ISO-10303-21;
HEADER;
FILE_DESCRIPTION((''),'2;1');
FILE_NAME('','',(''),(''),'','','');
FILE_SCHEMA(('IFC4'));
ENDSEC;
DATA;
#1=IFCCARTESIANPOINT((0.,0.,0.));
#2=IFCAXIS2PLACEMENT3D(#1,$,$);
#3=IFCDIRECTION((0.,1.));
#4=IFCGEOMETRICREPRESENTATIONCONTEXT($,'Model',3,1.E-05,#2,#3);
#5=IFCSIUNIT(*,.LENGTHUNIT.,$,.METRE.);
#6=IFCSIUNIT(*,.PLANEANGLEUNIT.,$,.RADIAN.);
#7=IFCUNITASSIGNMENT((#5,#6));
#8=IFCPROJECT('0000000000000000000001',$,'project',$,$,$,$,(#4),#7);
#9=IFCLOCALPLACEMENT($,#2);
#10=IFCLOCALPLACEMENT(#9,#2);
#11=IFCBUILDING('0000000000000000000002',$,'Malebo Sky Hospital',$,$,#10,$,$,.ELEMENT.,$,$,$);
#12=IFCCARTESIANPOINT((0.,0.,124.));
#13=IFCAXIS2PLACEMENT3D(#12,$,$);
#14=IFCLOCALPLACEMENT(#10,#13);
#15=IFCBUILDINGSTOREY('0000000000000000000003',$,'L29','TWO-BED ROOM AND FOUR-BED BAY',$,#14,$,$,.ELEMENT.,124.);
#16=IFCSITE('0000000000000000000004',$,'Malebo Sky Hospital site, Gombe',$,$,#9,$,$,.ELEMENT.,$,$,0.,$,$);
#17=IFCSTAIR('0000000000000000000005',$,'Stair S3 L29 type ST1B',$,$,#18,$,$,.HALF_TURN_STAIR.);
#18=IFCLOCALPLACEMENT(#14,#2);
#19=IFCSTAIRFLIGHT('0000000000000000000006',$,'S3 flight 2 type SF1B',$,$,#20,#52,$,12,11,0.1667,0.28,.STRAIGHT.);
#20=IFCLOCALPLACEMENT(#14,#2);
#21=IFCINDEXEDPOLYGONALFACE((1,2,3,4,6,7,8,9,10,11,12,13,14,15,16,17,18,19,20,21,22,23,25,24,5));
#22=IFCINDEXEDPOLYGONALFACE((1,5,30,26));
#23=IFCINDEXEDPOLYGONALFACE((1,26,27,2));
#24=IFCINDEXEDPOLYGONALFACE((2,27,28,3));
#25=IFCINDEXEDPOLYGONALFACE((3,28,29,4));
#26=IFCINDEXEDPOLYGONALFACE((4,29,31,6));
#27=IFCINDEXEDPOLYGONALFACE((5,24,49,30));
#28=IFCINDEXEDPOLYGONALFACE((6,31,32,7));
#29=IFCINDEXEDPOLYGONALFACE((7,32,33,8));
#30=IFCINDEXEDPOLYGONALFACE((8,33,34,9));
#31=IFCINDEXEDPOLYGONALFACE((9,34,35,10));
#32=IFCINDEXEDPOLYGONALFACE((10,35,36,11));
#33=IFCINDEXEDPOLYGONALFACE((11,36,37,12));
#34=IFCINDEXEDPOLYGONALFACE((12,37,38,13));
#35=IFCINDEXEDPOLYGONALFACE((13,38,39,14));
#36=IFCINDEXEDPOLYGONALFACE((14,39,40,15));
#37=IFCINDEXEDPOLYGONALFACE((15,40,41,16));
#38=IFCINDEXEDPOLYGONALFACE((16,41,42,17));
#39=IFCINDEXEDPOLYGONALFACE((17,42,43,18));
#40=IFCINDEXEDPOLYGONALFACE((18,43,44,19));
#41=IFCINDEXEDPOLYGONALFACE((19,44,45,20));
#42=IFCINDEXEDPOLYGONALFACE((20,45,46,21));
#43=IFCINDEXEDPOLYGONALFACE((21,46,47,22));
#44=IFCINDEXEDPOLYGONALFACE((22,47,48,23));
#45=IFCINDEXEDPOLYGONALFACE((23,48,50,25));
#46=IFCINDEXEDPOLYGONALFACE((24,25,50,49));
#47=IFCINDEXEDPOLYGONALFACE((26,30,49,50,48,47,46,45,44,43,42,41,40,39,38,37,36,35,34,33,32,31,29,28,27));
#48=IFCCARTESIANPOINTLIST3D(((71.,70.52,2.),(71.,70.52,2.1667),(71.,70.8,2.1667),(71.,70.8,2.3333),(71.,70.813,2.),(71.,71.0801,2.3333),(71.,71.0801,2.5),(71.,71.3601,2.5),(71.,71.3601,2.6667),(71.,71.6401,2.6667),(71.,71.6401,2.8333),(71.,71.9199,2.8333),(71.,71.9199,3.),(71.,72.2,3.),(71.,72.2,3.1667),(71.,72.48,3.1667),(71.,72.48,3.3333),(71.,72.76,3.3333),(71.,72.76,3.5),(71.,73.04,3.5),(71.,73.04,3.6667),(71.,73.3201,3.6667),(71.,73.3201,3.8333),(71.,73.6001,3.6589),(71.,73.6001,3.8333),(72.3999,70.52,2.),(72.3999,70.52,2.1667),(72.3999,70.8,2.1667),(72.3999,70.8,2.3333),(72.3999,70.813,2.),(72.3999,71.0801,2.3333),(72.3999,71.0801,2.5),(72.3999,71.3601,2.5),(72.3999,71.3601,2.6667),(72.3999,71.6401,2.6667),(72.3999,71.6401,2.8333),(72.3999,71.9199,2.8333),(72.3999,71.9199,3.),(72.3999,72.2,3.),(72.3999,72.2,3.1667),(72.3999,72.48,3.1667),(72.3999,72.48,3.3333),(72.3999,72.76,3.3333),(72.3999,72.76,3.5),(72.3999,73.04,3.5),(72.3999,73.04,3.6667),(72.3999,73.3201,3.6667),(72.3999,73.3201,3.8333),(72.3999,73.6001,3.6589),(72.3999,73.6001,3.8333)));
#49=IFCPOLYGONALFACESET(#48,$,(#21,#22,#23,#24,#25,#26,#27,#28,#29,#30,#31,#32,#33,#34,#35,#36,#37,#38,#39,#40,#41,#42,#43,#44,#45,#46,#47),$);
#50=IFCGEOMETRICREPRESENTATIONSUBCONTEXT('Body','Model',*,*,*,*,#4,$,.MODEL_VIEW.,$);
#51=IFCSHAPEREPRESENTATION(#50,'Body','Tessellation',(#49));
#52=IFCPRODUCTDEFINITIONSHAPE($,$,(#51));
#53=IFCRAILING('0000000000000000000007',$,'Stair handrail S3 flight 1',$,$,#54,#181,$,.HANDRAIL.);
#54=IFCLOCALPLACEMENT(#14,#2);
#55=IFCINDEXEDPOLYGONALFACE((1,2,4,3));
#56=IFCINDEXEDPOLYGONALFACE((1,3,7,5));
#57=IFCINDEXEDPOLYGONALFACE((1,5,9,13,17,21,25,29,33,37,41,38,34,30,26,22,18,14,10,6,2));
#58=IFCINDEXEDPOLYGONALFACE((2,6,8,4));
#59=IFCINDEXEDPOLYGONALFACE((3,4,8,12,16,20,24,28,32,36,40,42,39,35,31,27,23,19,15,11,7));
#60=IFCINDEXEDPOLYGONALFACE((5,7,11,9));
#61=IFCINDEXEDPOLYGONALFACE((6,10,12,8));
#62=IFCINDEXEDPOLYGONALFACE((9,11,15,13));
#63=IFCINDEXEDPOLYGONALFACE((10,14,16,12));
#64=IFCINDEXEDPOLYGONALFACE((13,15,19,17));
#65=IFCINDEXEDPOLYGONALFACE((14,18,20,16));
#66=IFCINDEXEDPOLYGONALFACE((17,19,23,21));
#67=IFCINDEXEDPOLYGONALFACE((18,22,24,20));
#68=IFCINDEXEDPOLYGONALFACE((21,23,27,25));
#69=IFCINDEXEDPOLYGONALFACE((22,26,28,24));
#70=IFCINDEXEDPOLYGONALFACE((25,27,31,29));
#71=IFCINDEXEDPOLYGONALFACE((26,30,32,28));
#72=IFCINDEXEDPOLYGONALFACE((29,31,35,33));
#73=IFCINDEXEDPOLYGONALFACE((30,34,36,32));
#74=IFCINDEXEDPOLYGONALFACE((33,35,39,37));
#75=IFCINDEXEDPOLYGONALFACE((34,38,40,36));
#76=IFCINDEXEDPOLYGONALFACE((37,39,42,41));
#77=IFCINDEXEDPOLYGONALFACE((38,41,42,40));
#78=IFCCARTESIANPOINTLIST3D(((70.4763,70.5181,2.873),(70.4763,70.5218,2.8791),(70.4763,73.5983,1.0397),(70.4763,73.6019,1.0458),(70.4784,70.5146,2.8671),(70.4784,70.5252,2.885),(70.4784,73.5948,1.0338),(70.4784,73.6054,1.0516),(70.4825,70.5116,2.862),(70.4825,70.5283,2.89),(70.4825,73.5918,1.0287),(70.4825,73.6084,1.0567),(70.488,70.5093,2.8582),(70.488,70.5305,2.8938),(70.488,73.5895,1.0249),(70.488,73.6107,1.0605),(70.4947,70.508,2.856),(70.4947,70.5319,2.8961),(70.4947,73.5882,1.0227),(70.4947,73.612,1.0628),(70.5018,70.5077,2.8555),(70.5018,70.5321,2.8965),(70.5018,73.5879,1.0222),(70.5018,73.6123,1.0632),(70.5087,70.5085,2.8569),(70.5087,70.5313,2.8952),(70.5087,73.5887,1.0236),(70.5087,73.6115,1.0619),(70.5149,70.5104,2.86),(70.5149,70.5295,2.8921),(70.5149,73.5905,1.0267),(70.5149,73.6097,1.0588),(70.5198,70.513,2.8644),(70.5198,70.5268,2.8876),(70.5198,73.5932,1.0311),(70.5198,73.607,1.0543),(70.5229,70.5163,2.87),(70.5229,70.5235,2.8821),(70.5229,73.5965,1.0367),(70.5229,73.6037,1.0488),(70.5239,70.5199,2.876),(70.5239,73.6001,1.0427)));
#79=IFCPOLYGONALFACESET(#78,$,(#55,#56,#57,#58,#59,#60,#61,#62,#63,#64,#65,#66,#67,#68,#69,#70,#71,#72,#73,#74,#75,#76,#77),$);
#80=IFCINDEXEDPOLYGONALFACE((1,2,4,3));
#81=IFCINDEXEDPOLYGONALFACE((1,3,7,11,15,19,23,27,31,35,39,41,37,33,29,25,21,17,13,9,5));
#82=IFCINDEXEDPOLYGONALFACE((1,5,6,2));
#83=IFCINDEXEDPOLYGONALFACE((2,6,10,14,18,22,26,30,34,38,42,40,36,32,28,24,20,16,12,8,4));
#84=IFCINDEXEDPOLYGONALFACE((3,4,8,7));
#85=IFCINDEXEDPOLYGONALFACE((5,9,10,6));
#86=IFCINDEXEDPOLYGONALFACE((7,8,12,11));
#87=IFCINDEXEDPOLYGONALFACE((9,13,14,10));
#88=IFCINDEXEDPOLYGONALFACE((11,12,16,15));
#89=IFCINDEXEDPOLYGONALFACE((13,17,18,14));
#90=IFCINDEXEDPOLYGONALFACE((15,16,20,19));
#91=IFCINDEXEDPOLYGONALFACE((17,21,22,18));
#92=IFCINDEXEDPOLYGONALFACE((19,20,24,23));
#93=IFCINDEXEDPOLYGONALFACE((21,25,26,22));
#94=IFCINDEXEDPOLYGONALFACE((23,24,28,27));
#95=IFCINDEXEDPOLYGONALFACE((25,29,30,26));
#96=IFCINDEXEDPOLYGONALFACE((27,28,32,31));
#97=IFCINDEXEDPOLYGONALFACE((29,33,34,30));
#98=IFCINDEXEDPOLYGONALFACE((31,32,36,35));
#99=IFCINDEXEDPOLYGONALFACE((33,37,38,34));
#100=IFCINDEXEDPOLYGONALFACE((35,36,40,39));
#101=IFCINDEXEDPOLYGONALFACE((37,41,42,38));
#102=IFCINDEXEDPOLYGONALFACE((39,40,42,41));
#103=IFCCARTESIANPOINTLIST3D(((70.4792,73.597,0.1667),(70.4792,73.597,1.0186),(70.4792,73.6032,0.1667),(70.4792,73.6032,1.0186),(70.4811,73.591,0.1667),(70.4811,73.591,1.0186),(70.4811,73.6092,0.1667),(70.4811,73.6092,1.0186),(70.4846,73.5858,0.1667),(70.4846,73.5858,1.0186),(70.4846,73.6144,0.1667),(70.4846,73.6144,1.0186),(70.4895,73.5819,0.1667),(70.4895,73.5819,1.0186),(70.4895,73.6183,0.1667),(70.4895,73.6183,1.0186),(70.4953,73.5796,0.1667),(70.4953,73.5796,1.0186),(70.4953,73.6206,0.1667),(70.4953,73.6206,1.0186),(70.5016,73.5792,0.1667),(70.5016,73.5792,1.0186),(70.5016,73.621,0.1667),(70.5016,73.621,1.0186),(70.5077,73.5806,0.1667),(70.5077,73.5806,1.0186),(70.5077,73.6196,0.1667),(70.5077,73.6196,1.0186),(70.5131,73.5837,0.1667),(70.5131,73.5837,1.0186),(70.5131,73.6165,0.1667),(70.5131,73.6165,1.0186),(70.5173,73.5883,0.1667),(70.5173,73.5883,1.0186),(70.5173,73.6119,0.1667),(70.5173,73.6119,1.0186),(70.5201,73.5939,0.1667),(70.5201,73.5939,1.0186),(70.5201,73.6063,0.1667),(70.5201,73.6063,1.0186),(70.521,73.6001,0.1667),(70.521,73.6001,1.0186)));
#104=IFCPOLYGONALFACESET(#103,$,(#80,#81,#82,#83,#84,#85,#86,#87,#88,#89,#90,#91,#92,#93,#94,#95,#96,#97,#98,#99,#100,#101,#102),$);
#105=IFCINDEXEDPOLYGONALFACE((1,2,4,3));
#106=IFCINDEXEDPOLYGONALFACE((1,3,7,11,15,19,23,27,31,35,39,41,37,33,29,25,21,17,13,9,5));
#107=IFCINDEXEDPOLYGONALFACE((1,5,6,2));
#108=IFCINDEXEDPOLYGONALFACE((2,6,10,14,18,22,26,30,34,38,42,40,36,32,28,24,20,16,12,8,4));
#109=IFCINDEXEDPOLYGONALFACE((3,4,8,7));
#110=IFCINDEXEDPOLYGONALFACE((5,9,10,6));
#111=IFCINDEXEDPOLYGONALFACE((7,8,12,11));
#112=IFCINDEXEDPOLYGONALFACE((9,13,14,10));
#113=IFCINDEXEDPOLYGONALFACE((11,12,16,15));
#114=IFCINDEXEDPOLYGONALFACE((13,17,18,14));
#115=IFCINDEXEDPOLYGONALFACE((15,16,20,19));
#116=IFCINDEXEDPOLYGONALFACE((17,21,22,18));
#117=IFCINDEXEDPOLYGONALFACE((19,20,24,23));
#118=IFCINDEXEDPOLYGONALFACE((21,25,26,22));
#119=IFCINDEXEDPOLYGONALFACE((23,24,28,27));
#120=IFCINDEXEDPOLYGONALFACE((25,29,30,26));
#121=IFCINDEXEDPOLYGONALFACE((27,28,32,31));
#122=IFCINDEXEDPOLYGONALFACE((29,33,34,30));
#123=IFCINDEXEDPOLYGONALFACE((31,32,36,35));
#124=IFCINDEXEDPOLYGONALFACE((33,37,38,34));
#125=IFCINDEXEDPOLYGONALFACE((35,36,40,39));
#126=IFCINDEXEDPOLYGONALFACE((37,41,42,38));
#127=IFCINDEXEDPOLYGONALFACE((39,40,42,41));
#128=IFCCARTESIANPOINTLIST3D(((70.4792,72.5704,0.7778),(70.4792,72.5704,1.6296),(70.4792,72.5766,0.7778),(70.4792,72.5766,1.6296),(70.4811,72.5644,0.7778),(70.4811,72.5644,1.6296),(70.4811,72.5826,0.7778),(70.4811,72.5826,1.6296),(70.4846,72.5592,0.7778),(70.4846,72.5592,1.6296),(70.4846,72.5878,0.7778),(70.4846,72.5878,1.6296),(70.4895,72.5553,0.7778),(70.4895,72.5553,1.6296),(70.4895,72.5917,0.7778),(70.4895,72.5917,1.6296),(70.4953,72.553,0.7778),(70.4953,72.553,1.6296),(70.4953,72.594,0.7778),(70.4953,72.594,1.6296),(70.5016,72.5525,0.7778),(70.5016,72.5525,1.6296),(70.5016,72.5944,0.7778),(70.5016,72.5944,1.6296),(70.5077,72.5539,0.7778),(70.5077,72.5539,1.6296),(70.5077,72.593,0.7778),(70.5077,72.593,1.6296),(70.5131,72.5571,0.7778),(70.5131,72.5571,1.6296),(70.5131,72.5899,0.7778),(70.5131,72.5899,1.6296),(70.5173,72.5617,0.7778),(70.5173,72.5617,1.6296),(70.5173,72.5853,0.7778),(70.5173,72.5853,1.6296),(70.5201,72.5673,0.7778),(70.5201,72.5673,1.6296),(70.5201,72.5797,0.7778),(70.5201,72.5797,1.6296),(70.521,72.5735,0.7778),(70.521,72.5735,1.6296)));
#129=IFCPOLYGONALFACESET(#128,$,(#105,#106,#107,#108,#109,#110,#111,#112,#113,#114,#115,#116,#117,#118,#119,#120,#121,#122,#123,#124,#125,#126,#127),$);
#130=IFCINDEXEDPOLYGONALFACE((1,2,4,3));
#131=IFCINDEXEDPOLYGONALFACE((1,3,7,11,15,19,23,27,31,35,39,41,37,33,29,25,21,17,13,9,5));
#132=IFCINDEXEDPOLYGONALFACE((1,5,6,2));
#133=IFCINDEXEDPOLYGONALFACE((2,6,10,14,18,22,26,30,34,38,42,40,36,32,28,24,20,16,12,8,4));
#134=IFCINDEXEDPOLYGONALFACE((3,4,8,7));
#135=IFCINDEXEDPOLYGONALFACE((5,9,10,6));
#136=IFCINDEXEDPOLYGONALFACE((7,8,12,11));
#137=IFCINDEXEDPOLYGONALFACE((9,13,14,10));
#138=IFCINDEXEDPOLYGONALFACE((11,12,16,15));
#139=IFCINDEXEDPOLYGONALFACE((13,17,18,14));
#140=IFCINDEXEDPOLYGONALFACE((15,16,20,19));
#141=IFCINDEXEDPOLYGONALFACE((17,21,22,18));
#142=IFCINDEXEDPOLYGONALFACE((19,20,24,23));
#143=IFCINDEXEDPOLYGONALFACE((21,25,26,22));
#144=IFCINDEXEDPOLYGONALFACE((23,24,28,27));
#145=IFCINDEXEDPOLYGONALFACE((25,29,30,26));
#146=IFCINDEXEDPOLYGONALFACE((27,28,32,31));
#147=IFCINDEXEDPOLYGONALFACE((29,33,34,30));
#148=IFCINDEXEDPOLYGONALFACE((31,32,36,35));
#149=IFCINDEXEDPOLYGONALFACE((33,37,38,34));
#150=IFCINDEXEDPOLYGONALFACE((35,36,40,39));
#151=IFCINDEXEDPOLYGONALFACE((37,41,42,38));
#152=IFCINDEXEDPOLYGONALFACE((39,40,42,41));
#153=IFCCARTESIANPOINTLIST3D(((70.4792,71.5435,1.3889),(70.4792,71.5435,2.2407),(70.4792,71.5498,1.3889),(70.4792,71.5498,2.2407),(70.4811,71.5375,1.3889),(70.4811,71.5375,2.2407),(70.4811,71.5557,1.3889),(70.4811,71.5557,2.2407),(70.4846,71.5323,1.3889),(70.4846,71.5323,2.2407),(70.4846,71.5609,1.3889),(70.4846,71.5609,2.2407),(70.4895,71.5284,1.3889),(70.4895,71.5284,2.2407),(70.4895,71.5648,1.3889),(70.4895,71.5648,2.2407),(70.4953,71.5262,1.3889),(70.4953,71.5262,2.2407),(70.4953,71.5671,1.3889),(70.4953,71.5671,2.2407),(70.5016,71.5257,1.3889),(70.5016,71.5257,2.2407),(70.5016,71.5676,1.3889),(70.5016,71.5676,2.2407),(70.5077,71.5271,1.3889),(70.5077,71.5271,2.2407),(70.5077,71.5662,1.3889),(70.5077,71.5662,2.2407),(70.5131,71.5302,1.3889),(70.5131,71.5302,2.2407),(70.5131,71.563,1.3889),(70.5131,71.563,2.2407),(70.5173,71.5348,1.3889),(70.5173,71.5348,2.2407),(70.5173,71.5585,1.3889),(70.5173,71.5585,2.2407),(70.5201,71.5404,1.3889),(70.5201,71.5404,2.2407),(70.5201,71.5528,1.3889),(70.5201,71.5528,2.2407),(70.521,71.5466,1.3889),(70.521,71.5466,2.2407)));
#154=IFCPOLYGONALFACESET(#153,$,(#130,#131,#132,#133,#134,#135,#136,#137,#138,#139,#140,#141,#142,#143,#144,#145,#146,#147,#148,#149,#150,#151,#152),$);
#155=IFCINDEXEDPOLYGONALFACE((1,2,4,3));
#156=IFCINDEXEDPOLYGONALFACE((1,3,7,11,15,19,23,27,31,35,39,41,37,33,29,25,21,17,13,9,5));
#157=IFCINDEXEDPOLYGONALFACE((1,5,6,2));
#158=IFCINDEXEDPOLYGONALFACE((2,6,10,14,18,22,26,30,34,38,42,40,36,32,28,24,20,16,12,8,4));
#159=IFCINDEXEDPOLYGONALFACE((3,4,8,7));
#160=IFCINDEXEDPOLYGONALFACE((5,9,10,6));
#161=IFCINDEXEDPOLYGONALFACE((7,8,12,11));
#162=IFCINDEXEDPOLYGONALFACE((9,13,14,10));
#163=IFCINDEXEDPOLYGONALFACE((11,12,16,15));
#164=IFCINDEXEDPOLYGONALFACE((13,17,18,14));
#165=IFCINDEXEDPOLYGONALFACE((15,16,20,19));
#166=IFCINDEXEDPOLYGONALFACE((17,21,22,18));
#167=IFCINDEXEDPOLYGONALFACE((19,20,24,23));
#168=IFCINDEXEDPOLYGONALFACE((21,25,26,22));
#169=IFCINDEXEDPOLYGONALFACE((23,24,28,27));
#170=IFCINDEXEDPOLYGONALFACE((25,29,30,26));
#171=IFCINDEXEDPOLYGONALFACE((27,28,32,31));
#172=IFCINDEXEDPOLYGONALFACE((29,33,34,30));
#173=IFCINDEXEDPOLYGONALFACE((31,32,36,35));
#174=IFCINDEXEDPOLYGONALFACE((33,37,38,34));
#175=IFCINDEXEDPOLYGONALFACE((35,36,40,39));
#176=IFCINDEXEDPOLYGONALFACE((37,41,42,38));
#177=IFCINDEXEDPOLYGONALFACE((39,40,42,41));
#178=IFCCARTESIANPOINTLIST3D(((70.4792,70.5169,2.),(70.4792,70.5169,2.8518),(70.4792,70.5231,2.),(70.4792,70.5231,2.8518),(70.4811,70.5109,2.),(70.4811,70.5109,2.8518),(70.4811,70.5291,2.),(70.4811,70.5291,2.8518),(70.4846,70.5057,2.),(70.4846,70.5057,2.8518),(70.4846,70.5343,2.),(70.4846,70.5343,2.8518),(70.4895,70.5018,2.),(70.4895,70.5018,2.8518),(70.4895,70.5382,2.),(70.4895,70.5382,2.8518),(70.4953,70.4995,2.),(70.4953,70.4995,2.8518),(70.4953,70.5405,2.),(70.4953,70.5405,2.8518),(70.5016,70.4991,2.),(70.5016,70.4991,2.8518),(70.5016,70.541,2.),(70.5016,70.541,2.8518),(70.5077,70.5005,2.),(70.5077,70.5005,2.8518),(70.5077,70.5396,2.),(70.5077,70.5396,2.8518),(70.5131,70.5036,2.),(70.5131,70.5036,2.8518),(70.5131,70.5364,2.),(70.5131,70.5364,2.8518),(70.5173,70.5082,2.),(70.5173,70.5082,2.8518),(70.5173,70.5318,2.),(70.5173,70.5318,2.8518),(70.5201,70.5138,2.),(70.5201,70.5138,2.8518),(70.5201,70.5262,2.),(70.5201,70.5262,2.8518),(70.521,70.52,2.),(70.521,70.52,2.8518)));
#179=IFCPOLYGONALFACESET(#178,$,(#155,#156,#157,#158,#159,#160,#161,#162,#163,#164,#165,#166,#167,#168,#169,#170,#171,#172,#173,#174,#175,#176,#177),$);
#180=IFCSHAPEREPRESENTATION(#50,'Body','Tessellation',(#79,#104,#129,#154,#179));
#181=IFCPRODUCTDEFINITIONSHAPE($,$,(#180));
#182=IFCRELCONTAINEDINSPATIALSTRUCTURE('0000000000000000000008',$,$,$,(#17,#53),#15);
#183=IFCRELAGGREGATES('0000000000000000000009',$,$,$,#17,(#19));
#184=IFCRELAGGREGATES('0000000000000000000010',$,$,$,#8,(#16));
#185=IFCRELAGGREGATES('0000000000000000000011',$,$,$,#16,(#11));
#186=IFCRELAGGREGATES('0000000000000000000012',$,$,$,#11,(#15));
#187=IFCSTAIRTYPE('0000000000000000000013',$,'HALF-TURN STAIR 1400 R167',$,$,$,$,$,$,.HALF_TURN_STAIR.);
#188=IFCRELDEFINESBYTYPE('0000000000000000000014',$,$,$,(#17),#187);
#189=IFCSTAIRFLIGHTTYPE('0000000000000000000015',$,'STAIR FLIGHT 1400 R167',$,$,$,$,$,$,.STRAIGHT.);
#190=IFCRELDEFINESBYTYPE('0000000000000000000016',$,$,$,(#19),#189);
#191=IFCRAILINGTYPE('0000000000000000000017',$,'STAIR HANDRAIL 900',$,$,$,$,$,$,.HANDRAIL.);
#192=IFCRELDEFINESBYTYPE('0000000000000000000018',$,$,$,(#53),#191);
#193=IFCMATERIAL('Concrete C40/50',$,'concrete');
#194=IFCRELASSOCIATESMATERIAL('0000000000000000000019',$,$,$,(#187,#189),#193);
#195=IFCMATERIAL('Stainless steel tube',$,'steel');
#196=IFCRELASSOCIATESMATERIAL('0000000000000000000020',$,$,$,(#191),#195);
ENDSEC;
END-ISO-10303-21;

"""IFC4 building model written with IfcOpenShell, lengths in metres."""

from ifc_helpers import new_model, si_unit, direction, frame, origin, origin_2d, place, context, subcontext, project, spatial, polyline, circle, outline, extrude, material, type_object, element, aggregate, save


model = new_model("IFC4")

# Units and contexts
model_context = context("Model", 3, precision=1e-05, world=origin(), true_north=direction((0.0, 1.0)))
body_context = subcontext(model_context, "Body", "Model", "MODEL_VIEW")
ifc_project = project(units=[si_unit("LENGTHUNIT", "METRE"), si_unit("PLANEANGLEUNIT", "RADIAN")], contexts=[model_context])

# Site, building, storey
site_placement = place(None, origin())
site = spatial("IfcSite", under=ifc_project, at=site_placement, Name="Malebo Sky Hospital site, Gombe", CompositionType="ELEMENT", RefElevation=0.0)
building_placement = place(site_placement, origin())
building = spatial("IfcBuilding", under=site, at=building_placement, Name="Malebo Sky Hospital", CompositionType="ELEMENT")
storey_placement = place(building_placement, frame((0.0, 0.0, 124.0)))
storey = spatial("IfcBuildingStorey", under=building, at=storey_placement, Name="L29", Description="TWO-BED ROOM AND FOUR-BED BAY", CompositionType="ELEMENT", Elevation=124.0)

# Shared definitions
ifc_material_1 = material(Name="Concrete C40/50", Category="concrete")

# Stair, stair flight
stair_type = type_object("IfcStairType", Name="HALF-TURN STAIR 1400 R167", PredefinedType="HALF_TURN_STAIR", material=ifc_material_1)
stair_placement = place(storey_placement, origin())
stair = element("IfcStair", 1, at=stair_placement, inside=storey, type_object=stair_type, Name="Stair S3 L29 type ST1B", PredefinedType="HALF_TURN_STAIR")
stair_flight_type = type_object("IfcStairFlightType", Name="STAIR FLIGHT 1400 R167", PredefinedType="STRAIGHT", material=ifc_material_1)
stair_flight_1_placement = place(storey_placement, frame((71.7, 70.52, 2.0), z_axis=(0.0, 0.0, 1.0), x_axis=(0.0, 1.0, 0.0)))
stair_flight_1 = element("IfcStairFlight", 2, at=stair_flight_1_placement, type_object=stair_flight_type, Name="S3 flight 2 type SF1B", NumberOfRisers=12, NumberOfTreads=11, PredefinedType="STRAIGHT", RiserHeight=0.1667, TreadLength=0.28, context=body_context, shape_type="SweptSolid", body=[
    extrude(outline(polyline([(0.0, 0.0), (0.0, 0.1667), (0.28, 0.1667), (0.28, 0.3333), (0.5601, 0.3333), (0.5601, 0.5), (0.8401, 0.5), (0.8401, 0.6667), (1.1201, 0.6667), (1.1201, 0.8333), (1.3999, 0.8333), (1.3999, 1.0), (1.6799, 1.0), (1.6799, 1.1667), (1.96, 1.1667), (1.96, 1.3333), (2.24, 1.3333), (2.24, 1.5), (2.52, 1.5), (2.52, 1.6667), (2.8, 1.6667), (2.8, 1.8333), (3.0801, 1.8333), (3.0801, 2.0), (3.0801, 1.6589), (0.293, 0.0), (0.0, 0.0)])), frame((0.0, 0.7, 0.0), z_axis=(0.0, -1.0, 0.0), x_axis=(1.0, 0.0, 0.0)), (0.0, 0.0, 1.0), 1.3999),
])
aggregate(stair, [stair_flight_1])

# Railing
ifc_material_2 = material(Name="Stainless steel tube", Category="steel")
railing_type = type_object("IfcRailingType", Name="STAIR HANDRAIL 900", PredefinedType="HANDRAIL", material=ifc_material_2)
railing_1_placement = place(storey_placement, frame((70.5, 73.6001, 0.1667)))
element("IfcRailing", 3, at=railing_1_placement, inside=storey, type_object=railing_type, Name="Stair handrail S3 flight 1", PredefinedType="HANDRAIL", context=body_context, shape_type="SweptSolid", body=[
    extrude(circle(Radius=0.0239, at=origin_2d()), frame((0.0, 0.0, 0.876), z_axis=(0.0, -0.859309, 0.511458), x_axis=(1.0, 0.0, 0.0)), (0.0, 0.0, 1.0), 3.5845),
    extrude(circle(Radius=0.021, at=origin_2d()), origin(), (0.0, 0.0, 1.0), 0.8518),
    extrude(circle(Radius=0.021, at=origin_2d()), frame((0.0, -1.0266, 0.6111)), (0.0, 0.0, 1.0), 0.8518),
    extrude(circle(Radius=0.021, at=origin_2d()), frame((0.0, -2.0535, 1.2222)), (0.0, 0.0, 1.0), 0.8518),
    extrude(circle(Radius=0.021, at=origin_2d()), frame((0.0, -3.0801, 1.8333)), (0.0, 0.0, 1.0), 0.8518),
])

save(model, "model.ifc")
